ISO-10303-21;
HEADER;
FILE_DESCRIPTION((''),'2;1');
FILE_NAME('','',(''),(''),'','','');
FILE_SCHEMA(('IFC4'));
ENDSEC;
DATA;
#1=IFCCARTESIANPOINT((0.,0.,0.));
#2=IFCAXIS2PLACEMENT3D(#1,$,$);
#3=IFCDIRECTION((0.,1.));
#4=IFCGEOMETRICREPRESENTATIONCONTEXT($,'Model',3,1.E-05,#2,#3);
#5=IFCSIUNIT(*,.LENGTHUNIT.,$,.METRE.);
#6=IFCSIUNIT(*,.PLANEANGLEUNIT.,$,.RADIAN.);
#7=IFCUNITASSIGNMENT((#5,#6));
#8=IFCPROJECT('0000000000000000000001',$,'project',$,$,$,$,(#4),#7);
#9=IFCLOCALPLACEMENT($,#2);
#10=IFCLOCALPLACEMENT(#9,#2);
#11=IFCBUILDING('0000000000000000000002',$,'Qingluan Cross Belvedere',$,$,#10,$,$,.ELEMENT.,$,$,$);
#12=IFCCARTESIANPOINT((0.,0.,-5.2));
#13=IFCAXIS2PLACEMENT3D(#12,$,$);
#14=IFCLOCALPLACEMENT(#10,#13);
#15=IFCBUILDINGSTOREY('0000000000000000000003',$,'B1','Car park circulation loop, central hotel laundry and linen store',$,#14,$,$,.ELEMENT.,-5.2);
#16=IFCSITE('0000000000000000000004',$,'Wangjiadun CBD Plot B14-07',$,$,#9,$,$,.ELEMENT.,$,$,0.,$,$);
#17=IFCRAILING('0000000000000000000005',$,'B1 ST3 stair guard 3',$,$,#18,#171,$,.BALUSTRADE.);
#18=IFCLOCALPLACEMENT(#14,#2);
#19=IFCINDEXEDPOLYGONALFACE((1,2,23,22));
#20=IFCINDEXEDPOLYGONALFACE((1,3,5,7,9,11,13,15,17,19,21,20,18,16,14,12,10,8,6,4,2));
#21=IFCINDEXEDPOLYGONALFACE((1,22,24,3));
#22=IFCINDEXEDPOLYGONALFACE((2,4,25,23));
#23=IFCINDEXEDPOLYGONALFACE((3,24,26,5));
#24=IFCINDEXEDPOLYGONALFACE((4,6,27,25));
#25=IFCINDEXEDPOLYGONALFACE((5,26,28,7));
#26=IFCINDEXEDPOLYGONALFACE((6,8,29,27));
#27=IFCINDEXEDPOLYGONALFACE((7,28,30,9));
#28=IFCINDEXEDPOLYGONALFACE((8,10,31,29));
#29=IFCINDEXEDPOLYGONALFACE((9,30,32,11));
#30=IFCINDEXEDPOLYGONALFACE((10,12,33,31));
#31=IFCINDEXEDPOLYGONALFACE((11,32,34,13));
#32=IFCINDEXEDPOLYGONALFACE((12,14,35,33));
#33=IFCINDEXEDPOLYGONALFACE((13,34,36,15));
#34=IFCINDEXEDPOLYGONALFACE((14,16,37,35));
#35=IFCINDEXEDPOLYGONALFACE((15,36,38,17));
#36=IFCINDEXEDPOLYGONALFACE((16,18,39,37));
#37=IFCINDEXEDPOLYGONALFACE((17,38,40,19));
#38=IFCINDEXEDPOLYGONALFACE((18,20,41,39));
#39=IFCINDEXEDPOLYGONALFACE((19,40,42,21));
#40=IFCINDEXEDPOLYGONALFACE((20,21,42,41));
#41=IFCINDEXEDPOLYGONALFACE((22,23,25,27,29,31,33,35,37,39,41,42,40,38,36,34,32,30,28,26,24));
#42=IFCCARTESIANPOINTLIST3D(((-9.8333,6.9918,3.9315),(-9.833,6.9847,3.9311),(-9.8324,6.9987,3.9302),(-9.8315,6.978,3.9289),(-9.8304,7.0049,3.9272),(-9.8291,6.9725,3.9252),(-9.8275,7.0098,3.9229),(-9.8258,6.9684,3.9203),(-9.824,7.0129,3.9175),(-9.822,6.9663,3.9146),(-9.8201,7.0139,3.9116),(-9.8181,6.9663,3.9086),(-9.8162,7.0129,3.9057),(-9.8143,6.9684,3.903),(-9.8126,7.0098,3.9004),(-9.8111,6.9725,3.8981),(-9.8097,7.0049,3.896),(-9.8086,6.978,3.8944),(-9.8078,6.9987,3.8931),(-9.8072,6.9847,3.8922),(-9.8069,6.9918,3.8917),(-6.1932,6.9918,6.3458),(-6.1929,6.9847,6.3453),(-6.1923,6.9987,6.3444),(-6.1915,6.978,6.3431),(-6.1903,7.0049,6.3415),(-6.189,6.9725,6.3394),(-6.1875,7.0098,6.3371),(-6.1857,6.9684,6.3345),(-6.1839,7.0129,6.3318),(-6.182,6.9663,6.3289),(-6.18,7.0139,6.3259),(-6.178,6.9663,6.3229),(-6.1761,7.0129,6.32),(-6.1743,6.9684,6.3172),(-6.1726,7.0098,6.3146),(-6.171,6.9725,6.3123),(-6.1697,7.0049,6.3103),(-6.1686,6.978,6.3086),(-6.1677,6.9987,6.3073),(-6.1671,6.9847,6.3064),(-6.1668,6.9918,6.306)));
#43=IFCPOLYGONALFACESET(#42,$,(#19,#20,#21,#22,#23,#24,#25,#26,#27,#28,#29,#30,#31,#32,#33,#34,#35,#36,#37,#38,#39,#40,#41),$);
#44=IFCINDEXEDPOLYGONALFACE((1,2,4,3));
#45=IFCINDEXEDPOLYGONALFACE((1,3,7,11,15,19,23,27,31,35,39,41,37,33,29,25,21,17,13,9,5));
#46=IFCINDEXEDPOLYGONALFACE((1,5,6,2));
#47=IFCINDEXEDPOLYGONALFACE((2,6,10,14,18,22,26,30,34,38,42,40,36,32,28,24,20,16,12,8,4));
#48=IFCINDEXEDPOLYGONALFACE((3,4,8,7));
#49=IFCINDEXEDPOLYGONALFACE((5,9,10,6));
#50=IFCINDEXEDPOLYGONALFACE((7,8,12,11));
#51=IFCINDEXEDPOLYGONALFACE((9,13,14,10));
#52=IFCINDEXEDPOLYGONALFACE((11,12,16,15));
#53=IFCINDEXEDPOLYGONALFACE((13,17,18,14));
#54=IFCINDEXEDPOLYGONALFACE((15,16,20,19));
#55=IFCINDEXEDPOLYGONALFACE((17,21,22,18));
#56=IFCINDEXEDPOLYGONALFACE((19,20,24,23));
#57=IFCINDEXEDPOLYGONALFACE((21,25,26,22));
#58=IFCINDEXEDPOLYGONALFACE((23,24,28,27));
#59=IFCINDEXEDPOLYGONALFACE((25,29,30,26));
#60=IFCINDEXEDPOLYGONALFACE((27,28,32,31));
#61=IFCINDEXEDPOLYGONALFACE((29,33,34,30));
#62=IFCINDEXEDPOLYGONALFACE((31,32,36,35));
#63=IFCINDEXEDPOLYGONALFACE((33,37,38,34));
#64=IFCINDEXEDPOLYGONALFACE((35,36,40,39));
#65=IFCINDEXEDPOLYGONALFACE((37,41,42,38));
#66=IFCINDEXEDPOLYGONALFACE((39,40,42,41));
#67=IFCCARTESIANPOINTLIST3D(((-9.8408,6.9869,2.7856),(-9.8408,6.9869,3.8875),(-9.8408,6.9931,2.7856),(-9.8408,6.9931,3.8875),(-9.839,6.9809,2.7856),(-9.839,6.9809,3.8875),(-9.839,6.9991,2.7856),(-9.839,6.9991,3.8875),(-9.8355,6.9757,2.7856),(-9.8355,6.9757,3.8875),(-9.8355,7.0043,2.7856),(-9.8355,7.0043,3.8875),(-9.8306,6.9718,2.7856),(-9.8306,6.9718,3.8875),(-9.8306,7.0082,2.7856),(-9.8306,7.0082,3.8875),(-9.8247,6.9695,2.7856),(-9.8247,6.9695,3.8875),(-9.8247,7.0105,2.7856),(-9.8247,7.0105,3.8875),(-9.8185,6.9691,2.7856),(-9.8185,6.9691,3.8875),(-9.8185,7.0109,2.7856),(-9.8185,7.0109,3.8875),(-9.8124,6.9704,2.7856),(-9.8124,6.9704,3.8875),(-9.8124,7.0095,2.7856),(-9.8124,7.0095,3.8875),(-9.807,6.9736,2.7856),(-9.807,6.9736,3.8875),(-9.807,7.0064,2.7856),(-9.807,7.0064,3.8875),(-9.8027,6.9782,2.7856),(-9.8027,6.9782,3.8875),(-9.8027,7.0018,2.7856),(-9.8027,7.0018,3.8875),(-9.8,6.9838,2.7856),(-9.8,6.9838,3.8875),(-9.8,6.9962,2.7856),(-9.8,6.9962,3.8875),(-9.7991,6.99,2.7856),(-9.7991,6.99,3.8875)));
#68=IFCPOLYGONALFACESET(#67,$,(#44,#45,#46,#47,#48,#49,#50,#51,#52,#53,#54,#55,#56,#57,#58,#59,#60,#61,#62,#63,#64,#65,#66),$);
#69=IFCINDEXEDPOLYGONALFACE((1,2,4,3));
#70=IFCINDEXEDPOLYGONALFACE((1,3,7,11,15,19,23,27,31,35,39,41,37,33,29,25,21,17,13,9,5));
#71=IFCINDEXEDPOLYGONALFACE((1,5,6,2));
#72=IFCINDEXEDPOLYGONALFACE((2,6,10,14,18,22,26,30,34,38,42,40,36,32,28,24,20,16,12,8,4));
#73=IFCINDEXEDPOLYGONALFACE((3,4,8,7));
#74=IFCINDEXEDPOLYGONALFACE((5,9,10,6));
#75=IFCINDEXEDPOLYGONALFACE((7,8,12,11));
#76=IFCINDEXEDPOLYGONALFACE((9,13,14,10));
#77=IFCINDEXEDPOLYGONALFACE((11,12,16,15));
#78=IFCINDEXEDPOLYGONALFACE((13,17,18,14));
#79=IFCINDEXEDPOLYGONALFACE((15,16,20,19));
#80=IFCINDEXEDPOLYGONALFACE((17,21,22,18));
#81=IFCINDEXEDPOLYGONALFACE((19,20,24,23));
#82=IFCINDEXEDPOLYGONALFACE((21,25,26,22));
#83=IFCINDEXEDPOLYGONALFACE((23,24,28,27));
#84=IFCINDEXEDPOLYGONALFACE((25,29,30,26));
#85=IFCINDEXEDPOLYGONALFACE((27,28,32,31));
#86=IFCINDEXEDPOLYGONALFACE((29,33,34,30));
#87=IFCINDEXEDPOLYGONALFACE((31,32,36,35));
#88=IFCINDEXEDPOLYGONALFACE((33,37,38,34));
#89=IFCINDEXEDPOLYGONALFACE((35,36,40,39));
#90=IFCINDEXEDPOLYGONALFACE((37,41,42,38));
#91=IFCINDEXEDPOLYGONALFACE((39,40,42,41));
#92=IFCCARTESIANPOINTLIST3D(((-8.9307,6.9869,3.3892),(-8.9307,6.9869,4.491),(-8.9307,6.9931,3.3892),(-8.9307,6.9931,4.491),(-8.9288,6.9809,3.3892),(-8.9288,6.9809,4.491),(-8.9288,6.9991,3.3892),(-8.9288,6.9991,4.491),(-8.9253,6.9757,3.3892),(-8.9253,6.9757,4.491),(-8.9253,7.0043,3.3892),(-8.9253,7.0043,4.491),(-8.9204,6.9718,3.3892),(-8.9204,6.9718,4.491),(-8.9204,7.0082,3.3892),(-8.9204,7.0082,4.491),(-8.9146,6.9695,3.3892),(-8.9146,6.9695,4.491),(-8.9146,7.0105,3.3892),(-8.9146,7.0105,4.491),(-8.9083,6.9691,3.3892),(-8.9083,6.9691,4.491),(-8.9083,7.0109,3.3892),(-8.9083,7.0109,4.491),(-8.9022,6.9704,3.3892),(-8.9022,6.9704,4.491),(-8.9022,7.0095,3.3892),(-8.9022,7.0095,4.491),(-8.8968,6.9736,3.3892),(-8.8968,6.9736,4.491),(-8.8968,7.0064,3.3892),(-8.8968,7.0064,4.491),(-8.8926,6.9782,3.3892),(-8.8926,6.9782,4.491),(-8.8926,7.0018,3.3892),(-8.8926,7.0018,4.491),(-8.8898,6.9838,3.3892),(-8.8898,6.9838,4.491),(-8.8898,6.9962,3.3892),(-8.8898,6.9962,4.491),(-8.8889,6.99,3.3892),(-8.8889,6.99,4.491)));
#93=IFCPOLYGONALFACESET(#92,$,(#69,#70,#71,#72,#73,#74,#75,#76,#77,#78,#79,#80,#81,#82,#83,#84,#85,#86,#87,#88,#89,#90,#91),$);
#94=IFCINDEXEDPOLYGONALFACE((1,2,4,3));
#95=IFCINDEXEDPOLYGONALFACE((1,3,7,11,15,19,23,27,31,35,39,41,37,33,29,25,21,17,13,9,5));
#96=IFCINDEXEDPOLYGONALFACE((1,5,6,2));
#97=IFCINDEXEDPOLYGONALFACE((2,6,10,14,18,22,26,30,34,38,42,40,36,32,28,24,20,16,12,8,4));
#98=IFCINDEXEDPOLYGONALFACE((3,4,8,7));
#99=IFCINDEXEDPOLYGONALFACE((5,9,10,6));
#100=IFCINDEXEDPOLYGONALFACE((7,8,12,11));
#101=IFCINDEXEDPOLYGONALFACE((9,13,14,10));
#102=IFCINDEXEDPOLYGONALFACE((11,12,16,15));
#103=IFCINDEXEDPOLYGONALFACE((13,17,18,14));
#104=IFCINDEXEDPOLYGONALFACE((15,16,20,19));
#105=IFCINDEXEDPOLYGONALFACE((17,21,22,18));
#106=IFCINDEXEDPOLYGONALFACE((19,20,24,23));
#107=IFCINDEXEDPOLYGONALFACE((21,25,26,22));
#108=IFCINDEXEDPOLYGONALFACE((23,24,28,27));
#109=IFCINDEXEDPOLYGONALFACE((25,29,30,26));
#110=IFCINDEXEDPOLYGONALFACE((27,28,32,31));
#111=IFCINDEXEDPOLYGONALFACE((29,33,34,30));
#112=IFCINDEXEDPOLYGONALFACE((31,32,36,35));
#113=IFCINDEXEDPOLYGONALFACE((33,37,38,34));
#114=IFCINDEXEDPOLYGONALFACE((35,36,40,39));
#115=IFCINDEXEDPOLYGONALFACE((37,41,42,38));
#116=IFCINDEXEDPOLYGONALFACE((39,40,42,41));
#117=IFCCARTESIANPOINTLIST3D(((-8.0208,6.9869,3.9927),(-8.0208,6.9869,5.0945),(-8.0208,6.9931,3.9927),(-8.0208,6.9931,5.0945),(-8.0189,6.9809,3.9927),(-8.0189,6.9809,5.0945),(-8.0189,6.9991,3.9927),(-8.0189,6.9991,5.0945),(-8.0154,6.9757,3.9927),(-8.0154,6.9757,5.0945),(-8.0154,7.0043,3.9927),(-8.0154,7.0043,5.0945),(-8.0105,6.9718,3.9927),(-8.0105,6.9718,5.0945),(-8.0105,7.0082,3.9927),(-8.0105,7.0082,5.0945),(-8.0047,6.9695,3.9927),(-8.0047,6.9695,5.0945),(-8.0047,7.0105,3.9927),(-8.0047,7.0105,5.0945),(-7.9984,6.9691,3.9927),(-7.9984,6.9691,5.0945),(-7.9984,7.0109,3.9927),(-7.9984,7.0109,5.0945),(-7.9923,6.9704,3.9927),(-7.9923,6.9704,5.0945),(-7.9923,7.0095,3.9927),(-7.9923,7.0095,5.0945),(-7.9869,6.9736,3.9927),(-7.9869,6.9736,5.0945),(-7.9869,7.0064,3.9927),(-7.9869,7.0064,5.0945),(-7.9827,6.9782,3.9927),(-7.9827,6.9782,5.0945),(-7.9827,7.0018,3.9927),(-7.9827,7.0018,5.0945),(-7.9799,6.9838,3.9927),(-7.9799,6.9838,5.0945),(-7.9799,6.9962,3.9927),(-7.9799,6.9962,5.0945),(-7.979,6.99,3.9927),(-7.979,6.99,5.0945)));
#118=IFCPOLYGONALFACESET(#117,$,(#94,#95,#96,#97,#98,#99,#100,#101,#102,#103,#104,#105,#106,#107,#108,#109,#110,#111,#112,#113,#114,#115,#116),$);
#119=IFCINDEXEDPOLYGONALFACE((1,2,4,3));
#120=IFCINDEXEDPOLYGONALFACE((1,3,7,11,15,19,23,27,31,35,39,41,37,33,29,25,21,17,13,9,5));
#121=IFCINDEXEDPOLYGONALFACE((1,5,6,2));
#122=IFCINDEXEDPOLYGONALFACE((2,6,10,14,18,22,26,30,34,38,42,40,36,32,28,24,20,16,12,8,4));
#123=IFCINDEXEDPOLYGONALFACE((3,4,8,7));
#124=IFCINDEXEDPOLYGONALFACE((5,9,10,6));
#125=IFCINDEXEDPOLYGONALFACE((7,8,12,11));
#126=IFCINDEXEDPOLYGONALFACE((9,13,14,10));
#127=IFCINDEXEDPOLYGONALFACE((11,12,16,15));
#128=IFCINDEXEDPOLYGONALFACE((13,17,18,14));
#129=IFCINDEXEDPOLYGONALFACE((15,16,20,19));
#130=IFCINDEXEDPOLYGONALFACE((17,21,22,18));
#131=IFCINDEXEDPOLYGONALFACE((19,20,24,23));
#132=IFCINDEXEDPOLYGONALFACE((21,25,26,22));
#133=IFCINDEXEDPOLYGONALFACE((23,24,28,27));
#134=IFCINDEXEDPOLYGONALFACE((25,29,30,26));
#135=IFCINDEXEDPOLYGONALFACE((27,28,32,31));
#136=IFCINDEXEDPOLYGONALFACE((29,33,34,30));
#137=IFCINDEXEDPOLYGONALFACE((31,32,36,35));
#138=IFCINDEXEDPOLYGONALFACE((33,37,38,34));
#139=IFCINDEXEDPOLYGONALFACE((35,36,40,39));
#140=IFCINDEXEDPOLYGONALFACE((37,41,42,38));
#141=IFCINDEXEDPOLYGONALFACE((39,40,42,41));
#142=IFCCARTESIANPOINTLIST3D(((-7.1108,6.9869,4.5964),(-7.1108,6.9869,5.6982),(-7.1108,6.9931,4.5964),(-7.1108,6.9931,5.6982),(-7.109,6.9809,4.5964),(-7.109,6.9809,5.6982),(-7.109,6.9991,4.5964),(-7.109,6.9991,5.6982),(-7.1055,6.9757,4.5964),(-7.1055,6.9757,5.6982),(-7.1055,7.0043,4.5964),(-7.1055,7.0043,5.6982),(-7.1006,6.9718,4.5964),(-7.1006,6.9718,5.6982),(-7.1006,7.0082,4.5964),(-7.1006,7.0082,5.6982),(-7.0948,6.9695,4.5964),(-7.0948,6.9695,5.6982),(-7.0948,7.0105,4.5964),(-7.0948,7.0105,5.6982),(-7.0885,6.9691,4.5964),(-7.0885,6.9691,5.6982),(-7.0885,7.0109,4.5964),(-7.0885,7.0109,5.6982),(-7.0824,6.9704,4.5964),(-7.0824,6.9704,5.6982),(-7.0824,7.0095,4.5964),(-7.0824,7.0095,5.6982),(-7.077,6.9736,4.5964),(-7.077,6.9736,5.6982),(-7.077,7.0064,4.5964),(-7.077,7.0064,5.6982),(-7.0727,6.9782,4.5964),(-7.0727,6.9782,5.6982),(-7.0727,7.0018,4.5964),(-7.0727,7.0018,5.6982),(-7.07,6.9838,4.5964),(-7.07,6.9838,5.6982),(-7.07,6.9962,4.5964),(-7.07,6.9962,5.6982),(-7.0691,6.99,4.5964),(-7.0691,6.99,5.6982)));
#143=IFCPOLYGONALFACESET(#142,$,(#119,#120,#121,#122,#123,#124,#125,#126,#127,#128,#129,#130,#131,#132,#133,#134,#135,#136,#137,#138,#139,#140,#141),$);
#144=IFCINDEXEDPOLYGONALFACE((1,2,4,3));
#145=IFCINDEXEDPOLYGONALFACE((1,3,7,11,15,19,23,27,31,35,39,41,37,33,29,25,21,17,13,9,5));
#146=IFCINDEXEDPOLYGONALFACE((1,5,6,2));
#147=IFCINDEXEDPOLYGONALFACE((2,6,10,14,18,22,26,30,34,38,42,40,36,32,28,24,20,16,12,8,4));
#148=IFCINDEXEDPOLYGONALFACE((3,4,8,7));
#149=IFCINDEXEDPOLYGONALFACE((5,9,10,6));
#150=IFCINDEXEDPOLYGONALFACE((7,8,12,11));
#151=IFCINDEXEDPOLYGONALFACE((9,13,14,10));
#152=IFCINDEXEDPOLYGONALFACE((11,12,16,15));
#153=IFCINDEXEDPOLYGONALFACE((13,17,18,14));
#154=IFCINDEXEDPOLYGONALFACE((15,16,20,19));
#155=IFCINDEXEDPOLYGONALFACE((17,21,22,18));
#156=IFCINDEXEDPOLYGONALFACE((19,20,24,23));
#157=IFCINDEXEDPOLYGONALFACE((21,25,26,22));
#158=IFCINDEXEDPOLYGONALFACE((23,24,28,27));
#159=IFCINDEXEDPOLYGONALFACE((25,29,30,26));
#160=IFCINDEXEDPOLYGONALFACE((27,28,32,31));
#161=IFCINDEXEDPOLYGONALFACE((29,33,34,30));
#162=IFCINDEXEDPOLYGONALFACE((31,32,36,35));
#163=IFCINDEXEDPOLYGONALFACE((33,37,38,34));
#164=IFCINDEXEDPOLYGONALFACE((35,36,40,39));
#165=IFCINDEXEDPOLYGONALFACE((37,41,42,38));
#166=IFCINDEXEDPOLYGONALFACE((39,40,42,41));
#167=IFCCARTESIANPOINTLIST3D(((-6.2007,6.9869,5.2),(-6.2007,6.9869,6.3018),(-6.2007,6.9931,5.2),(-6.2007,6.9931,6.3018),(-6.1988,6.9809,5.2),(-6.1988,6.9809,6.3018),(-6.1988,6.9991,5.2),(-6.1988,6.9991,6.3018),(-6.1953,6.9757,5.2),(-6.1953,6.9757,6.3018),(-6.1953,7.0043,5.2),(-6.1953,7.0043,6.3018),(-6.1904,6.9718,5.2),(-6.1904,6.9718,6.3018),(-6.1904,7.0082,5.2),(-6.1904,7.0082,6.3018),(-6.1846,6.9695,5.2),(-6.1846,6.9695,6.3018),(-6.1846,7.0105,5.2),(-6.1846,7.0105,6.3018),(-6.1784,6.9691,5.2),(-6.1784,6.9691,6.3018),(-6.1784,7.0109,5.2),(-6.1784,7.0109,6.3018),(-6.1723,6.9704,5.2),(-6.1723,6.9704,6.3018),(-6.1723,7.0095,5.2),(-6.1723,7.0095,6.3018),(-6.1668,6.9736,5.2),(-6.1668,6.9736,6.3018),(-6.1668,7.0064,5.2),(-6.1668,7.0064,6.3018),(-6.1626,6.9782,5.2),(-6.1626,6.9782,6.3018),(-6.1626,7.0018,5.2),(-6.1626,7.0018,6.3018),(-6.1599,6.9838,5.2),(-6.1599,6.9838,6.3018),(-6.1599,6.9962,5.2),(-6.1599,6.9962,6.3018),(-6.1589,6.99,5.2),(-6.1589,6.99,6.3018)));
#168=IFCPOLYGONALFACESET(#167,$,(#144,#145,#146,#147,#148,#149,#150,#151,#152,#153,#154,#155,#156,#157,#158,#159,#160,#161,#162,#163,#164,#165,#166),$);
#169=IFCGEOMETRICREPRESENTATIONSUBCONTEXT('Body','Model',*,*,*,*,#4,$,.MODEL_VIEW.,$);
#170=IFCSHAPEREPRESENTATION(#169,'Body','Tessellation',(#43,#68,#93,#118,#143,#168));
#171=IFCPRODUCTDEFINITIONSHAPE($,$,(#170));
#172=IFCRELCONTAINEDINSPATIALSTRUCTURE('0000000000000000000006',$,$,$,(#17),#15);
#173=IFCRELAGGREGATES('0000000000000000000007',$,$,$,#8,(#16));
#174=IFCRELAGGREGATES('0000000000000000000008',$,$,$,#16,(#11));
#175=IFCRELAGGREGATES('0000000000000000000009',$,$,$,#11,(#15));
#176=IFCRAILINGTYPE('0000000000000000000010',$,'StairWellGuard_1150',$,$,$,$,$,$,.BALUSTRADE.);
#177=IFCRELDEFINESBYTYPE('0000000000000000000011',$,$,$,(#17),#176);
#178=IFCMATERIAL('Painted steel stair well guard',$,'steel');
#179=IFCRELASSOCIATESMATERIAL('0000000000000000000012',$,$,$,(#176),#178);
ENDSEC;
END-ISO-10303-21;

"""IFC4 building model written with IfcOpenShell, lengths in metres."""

from ifc_helpers import new_model, si_unit, direction, frame, origin, origin_2d, place, context, subcontext, project, spatial, circle, extrude, material, type_object, element, save


model = new_model("IFC4")

# Units and contexts
model_context = context("Model", 3, precision=1e-05, world=origin(), true_north=direction((0.0, 1.0)))
body_context = subcontext(model_context, "Body", "Model", "MODEL_VIEW")
ifc_project = project(units=[si_unit("LENGTHUNIT", "METRE"), si_unit("PLANEANGLEUNIT", "RADIAN")], contexts=[model_context])

# Site, building, storey
site_placement = place(None, origin())
site = spatial("IfcSite", under=ifc_project, at=site_placement, Name="Wangjiadun CBD Plot B14-07", CompositionType="ELEMENT", RefElevation=0.0)
building_placement = place(site_placement, origin())
building = spatial("IfcBuilding", under=site, at=building_placement, Name="Qingluan Cross Belvedere", CompositionType="ELEMENT")
storey_placement = place(building_placement, frame((0.0, 0.0, -5.2)))
storey = spatial("IfcBuildingStorey", under=building, at=storey_placement, Name="B1", Description="Car park circulation loop, central hotel laundry and linen store", CompositionType="ELEMENT", Elevation=-5.2)

# Railing
ifc_material_1 = material(Name="Painted steel stair well guard", Category="steel")
railing_type_1 = type_object("IfcRailingType", Name="StairWellGuard_1150", PredefinedType="BALUSTRADE", material=ifc_material_1)
railing_1_placement = place(storey_placement, frame((-9.8201, 6.99, 2.7856)))
element("IfcRailing", 1, at=railing_1_placement, inside=storey, type_object=railing_type_1, Name="B1 ST3 stair guard 3", PredefinedType="BALUSTRADE", context=body_context, shape_type="SweptSolid", body=[
    extrude(circle(Radius=0.0239, at=origin_2d()), frame((0.0, 0.0, 1.126), z_axis=(0.833364, 0.0, 0.552725), x_axis=(0.0, 1.0, 0.0)), (0.0, 0.0, 1.0), 4.3679),
    extrude(circle(Radius=0.021, at=origin_2d()), origin(), (0.0, 0.0, 1.0), 1.1018),
    extrude(circle(Radius=0.021, at=origin_2d()), frame((0.9102, 0.0, 0.6035)), (0.0, 0.0, 1.0), 1.1018),
    extrude(circle(Radius=0.021, at=origin_2d()), frame((1.8201, 0.0, 1.207)), (0.0, 0.0, 1.0), 1.1018),
    extrude(circle(Radius=0.021, at=origin_2d()), frame((2.73, 0.0, 1.8108)), (0.0, 0.0, 1.0), 1.1018),
    extrude(circle(Radius=0.021, at=origin_2d()), frame((3.6401, 0.0, 2.4143)), (0.0, 0.0, 1.0), 1.1018),
])

save(model, "model.ifc")
